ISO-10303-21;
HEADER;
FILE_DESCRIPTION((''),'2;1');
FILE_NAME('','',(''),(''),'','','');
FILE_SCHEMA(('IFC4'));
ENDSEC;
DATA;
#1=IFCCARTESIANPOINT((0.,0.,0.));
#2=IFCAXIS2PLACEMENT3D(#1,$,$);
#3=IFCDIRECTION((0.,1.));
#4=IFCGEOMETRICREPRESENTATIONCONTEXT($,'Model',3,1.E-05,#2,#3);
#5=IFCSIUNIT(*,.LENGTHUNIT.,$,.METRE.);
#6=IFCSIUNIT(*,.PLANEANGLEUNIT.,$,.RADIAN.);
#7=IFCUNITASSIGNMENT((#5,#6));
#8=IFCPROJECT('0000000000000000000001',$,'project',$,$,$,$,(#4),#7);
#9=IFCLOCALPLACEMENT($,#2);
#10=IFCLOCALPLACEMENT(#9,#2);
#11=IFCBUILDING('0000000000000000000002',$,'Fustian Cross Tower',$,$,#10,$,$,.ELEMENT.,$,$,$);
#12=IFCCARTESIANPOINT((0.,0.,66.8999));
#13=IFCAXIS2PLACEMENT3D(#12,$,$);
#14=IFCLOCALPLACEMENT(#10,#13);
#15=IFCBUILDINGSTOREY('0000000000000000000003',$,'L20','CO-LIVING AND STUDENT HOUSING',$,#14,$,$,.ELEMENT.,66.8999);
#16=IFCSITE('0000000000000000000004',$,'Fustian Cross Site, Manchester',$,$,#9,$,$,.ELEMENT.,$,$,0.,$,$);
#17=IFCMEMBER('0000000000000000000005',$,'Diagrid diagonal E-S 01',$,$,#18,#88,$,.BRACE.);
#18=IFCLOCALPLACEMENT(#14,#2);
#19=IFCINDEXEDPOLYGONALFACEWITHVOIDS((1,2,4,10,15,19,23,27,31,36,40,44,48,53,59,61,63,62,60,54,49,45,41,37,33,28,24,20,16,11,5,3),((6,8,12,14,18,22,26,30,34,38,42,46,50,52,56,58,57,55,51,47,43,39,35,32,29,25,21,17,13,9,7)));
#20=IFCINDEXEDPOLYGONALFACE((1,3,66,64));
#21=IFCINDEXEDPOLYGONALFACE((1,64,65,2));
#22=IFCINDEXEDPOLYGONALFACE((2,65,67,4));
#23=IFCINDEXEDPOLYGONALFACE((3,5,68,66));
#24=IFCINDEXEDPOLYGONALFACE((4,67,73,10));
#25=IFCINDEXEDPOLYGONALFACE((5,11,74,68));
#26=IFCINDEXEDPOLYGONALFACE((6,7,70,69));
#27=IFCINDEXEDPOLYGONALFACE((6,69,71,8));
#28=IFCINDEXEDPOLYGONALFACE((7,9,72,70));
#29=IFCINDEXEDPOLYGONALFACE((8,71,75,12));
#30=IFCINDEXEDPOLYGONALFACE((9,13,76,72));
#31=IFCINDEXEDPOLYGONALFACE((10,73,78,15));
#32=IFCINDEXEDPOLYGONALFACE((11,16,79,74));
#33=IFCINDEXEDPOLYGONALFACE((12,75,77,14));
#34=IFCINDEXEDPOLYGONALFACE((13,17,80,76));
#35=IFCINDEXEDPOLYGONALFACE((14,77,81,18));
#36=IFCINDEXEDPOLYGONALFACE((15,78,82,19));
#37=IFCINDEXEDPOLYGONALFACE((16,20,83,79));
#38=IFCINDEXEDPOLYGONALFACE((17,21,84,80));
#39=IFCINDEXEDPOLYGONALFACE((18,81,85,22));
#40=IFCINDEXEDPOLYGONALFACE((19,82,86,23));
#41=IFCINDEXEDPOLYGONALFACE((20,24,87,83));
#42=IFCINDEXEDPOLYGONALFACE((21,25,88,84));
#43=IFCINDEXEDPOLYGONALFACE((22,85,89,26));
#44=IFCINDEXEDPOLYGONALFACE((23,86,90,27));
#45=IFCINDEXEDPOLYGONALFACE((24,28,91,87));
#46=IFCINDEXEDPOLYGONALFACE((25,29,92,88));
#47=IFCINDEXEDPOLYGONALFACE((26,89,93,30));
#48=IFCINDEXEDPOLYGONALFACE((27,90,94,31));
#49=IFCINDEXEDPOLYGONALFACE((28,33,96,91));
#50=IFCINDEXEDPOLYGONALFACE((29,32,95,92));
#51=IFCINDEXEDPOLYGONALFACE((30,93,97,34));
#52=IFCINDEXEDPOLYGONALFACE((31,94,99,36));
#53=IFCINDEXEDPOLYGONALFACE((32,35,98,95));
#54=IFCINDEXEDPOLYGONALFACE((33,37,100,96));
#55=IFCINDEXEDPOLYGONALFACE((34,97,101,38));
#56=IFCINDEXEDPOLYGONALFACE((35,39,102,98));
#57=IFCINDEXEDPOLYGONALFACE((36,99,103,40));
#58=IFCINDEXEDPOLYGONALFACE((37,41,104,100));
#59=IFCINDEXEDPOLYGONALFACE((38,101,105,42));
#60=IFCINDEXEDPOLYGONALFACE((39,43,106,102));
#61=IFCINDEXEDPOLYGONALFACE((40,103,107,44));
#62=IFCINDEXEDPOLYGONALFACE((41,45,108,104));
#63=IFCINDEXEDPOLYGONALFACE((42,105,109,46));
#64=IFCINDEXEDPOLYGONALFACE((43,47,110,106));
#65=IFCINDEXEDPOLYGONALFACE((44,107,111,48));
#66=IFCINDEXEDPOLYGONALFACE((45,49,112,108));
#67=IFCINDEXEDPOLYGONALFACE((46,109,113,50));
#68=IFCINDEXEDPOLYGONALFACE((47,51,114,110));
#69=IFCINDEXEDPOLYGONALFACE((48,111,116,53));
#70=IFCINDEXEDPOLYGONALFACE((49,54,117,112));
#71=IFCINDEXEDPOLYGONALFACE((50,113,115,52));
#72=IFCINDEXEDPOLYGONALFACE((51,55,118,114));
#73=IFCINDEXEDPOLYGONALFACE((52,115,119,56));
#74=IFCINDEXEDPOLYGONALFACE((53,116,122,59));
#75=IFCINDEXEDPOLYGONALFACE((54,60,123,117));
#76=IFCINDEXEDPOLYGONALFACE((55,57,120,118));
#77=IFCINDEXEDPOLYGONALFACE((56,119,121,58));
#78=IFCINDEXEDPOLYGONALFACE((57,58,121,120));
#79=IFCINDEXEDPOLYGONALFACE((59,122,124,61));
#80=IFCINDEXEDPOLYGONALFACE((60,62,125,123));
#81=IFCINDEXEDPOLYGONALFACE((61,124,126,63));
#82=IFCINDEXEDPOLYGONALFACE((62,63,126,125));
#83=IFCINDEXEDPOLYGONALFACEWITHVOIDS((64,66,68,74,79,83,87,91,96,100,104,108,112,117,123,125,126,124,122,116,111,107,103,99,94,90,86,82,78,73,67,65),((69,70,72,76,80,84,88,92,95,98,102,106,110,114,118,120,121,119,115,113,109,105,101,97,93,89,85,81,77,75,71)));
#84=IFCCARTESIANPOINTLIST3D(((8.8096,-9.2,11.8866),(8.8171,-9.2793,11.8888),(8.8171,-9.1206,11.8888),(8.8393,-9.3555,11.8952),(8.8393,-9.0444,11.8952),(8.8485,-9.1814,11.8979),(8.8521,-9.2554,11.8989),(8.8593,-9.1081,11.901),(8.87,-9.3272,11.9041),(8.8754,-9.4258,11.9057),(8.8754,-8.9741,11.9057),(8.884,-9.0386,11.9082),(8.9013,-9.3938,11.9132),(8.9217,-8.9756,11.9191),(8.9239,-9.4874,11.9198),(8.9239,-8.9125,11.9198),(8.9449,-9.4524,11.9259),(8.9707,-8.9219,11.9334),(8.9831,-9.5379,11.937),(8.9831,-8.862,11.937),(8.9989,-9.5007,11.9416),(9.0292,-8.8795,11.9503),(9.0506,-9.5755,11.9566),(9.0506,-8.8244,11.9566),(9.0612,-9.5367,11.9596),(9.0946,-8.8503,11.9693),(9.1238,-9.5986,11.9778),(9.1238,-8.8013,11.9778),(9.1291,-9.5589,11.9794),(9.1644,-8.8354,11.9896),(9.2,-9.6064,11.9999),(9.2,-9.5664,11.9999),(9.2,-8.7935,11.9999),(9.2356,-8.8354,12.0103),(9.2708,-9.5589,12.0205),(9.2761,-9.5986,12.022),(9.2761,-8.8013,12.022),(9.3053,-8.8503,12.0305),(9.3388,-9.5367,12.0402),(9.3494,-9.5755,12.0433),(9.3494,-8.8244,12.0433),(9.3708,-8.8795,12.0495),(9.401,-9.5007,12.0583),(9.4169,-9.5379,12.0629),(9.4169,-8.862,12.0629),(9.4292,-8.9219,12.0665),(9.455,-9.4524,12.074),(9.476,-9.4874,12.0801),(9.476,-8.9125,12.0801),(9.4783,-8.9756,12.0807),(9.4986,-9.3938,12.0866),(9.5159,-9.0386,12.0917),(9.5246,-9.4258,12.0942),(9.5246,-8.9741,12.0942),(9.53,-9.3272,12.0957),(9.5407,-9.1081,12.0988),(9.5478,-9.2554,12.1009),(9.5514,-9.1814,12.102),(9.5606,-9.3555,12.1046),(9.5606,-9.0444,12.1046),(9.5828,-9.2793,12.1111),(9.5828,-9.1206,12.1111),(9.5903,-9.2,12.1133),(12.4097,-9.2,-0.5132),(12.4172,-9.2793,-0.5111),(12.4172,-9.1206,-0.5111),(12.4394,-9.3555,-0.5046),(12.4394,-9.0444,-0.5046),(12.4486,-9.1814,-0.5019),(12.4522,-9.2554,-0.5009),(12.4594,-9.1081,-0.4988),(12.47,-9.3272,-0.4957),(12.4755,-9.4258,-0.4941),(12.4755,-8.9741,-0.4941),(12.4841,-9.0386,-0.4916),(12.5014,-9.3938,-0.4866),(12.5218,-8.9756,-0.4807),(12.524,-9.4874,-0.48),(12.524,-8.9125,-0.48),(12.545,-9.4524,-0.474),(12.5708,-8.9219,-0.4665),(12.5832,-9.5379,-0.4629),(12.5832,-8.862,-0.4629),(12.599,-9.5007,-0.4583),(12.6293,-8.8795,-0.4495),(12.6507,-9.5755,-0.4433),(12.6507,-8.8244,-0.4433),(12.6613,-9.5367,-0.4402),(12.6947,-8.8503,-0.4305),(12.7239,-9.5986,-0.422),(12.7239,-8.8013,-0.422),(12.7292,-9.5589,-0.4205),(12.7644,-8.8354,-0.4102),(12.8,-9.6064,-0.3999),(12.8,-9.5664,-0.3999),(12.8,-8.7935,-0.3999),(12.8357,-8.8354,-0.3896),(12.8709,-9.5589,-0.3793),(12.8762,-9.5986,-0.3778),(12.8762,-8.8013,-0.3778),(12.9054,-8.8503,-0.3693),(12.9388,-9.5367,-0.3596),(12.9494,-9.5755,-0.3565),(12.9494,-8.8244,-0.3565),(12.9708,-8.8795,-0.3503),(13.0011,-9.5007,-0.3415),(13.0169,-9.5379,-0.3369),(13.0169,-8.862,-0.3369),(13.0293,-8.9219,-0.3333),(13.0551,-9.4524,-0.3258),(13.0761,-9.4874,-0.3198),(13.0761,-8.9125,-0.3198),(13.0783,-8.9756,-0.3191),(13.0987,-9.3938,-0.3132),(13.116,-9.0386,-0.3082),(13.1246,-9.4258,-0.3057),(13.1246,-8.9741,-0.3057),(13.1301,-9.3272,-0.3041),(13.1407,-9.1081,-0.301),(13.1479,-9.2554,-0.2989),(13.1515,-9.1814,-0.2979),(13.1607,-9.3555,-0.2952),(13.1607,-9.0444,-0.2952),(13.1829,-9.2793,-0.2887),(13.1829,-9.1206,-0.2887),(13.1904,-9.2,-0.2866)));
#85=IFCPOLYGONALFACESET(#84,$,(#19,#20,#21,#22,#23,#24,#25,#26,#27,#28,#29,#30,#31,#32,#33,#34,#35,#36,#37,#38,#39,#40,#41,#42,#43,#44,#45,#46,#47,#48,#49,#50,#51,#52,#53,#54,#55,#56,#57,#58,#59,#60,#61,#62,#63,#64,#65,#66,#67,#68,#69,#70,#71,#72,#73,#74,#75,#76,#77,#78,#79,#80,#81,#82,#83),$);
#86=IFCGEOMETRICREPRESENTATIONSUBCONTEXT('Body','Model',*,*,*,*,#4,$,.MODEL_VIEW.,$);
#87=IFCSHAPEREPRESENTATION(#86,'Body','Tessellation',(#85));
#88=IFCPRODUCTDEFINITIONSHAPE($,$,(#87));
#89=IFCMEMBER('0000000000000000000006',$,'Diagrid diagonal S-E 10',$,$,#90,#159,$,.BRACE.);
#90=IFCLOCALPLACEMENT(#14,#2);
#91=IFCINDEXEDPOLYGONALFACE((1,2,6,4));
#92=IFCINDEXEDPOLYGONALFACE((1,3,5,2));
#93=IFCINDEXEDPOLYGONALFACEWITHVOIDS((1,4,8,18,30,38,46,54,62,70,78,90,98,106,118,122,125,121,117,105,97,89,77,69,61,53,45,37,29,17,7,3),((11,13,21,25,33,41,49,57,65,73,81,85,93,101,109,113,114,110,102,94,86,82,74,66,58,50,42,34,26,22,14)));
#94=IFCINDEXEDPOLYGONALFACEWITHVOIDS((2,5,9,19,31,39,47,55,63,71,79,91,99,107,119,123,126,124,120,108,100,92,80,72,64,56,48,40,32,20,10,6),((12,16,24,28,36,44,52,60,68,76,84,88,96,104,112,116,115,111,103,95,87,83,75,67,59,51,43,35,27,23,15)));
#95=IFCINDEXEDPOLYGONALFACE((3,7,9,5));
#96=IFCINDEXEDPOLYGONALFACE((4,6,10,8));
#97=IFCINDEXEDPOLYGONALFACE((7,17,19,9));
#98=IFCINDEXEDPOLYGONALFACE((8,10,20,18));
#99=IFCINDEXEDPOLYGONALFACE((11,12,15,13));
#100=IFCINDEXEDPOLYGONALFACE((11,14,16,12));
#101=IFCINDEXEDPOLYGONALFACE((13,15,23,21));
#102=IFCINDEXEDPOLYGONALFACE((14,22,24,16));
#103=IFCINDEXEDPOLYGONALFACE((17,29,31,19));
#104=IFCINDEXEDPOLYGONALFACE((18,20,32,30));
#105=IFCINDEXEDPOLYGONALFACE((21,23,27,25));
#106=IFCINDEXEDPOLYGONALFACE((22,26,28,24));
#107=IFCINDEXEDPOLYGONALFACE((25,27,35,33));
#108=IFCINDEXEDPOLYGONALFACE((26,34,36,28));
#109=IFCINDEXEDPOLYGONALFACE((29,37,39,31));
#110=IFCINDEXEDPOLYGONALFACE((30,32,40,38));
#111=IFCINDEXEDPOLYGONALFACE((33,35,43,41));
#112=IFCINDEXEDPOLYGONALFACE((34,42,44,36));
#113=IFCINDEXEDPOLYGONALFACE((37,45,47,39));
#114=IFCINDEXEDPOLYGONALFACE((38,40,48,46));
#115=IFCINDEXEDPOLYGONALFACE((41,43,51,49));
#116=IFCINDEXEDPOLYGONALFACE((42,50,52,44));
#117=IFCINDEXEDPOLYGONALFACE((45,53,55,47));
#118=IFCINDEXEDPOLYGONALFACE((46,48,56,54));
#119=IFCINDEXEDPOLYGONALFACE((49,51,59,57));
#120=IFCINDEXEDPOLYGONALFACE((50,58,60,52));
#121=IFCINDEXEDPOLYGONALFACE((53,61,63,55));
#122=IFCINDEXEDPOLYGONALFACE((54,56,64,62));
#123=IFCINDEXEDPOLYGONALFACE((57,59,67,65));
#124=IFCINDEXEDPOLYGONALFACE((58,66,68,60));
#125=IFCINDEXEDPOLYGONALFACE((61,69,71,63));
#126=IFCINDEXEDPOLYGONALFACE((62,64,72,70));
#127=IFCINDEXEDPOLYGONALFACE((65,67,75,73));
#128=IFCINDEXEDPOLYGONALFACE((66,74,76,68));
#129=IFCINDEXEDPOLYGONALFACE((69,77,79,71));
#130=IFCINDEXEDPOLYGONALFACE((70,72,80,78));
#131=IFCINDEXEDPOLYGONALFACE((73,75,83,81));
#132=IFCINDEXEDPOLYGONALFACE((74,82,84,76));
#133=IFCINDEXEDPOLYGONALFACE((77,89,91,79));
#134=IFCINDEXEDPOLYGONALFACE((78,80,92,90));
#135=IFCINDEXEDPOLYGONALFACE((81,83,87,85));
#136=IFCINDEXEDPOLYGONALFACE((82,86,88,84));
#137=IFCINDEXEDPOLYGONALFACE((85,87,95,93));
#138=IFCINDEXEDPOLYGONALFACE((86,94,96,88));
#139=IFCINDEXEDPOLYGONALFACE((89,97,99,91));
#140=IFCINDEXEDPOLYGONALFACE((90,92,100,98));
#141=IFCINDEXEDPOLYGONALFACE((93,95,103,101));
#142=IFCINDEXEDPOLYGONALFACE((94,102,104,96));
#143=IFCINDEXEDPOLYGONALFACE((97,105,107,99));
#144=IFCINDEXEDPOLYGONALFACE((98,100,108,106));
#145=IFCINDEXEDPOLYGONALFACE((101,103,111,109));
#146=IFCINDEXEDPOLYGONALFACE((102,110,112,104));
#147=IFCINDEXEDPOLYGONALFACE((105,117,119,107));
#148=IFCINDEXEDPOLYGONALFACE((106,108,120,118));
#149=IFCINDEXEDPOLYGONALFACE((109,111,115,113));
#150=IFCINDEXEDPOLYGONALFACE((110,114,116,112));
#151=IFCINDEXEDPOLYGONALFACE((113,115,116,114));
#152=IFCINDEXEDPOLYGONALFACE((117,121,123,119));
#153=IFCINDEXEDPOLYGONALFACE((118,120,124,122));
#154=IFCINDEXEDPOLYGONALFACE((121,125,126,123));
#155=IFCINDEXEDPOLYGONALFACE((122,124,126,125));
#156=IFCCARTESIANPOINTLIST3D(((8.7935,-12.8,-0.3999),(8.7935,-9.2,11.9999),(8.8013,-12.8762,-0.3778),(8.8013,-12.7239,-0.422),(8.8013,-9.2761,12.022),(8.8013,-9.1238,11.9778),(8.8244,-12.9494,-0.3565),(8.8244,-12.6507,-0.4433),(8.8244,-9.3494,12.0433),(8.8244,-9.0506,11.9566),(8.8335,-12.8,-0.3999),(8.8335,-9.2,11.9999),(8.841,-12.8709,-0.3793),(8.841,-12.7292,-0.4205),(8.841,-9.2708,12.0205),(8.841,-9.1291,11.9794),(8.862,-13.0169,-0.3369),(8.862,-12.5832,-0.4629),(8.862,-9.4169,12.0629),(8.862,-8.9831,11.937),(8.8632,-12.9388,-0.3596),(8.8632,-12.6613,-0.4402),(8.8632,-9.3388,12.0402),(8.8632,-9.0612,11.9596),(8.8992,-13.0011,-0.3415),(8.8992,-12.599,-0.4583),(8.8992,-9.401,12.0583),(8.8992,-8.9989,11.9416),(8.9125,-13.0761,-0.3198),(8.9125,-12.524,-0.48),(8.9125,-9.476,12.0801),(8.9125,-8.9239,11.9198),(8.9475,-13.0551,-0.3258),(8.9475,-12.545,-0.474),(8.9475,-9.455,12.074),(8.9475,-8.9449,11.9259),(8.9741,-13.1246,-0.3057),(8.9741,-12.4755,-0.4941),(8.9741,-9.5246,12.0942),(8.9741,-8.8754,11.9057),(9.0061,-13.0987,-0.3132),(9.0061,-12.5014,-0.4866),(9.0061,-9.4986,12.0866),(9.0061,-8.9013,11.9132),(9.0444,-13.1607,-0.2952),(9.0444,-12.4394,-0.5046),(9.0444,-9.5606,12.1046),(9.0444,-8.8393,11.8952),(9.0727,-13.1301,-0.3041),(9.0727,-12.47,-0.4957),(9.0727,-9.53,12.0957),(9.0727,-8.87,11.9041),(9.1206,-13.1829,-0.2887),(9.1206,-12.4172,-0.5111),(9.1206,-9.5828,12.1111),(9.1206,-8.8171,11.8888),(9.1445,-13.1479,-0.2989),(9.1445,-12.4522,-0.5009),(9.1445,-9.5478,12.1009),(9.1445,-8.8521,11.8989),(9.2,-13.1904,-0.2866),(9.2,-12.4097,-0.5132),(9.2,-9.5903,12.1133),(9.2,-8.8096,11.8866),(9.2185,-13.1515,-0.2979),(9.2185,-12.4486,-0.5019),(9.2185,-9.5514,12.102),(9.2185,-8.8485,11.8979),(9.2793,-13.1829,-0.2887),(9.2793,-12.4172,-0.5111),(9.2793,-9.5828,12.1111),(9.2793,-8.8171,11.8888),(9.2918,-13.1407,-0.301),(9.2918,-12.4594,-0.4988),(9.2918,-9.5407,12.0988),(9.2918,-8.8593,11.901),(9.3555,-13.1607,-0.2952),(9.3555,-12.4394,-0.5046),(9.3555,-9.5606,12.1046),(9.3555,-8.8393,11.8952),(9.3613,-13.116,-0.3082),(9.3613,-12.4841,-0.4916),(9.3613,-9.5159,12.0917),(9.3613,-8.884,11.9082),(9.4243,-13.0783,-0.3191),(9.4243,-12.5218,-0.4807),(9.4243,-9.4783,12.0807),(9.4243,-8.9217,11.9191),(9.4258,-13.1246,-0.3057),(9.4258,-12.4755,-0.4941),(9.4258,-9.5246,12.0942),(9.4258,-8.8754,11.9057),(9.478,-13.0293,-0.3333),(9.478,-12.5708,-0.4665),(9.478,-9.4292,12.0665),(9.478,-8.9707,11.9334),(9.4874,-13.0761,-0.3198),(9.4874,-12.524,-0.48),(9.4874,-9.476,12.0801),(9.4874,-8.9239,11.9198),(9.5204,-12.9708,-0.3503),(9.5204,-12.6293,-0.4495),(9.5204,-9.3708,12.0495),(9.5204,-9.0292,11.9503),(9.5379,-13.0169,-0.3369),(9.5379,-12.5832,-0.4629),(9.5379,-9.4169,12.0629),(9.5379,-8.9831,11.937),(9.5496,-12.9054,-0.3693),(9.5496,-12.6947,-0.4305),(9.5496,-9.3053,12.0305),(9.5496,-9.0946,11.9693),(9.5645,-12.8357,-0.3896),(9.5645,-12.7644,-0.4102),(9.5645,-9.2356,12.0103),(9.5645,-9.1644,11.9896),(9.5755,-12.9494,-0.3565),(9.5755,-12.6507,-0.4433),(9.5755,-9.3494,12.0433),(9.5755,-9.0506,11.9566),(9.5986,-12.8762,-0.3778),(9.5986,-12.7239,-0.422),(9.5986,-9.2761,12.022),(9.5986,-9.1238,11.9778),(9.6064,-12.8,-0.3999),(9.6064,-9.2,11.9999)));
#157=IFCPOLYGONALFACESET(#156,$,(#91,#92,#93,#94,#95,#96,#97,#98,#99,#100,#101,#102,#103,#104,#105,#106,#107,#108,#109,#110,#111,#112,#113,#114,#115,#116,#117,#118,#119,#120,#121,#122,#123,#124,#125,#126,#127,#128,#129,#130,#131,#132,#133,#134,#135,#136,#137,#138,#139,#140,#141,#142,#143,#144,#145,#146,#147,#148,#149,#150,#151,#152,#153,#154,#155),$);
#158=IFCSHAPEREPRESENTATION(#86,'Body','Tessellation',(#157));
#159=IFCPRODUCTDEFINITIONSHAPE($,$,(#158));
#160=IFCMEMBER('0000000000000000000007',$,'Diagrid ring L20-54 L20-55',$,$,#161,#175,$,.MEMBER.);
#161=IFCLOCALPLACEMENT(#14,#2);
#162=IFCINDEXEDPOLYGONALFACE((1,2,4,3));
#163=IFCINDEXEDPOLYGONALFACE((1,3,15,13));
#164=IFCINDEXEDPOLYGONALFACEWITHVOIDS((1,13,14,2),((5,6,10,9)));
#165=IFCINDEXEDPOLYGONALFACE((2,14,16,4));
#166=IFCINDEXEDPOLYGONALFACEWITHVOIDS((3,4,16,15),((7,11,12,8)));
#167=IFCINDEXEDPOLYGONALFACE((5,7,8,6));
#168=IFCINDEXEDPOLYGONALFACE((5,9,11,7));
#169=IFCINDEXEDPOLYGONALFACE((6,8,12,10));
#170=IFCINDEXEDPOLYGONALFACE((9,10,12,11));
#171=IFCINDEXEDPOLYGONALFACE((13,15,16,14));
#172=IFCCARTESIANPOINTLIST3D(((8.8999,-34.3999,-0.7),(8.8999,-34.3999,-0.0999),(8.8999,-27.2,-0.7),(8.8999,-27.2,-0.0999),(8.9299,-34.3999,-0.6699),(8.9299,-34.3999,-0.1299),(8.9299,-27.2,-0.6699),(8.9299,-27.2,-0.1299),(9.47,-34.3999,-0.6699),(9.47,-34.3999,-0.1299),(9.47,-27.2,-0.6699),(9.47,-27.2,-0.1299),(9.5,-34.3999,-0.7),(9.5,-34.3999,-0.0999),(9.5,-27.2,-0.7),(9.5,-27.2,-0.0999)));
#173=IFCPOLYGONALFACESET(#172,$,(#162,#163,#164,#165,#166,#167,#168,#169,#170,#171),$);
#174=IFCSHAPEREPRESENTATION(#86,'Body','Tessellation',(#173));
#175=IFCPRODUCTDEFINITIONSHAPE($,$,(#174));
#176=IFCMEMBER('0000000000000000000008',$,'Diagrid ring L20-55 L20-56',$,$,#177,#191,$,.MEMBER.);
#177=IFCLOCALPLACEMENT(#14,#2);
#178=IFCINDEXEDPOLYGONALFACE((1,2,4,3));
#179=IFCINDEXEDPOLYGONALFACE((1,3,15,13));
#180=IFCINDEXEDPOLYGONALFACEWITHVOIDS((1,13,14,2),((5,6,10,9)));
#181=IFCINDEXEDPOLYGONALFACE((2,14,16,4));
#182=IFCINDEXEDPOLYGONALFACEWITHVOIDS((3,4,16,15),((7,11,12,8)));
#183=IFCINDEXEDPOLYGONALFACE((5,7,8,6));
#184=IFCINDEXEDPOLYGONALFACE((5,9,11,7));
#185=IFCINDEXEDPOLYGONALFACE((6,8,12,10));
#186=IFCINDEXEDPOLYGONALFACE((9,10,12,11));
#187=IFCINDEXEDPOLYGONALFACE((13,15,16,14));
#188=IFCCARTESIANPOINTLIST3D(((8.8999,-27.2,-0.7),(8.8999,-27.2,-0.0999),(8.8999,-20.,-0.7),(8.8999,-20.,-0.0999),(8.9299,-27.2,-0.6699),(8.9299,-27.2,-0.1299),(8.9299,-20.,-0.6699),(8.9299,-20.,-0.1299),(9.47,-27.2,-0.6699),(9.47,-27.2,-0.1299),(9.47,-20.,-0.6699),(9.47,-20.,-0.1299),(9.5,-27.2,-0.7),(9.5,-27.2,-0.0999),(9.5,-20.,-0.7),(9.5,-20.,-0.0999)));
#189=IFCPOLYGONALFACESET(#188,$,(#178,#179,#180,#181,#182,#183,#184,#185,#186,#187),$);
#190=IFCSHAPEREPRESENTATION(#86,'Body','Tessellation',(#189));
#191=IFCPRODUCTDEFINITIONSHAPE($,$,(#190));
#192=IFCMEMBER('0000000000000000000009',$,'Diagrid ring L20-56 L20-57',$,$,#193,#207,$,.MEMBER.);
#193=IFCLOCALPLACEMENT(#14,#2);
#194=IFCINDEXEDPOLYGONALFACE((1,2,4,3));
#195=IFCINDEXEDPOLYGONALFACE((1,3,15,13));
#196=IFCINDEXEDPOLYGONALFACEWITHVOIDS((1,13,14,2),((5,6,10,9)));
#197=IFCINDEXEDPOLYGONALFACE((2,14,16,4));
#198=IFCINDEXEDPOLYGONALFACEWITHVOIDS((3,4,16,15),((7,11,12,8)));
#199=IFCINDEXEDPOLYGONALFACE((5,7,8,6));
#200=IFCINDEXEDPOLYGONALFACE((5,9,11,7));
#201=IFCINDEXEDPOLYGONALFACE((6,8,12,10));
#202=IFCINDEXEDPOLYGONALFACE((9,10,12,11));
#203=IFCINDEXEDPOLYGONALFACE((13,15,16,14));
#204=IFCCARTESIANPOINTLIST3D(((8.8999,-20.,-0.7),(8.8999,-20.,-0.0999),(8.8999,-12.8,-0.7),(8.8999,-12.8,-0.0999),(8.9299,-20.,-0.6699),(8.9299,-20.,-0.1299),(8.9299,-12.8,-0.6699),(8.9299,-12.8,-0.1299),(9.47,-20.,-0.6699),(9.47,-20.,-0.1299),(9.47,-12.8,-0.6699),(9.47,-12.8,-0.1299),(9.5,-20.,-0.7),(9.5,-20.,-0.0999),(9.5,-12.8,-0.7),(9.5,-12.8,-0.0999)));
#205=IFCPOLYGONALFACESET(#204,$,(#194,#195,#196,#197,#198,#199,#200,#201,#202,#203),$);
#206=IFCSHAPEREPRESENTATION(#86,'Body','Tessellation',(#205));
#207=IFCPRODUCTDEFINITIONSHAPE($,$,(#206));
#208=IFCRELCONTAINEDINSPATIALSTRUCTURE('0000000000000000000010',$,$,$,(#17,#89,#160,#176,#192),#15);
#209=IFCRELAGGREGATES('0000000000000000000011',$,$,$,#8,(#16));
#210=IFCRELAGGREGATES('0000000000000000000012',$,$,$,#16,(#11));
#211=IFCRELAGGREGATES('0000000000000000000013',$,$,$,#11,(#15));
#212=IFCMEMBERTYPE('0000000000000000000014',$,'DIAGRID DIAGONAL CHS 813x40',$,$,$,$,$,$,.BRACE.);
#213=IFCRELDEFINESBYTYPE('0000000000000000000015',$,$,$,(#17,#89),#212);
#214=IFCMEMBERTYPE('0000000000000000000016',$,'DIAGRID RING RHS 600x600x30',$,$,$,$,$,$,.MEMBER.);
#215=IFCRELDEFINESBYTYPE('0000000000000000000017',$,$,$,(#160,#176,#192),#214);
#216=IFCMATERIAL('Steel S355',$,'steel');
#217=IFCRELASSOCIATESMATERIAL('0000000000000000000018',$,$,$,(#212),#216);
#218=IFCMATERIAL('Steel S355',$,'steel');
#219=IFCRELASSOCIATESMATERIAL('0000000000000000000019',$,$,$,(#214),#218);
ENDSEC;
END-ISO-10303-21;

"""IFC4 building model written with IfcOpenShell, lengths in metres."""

from ifc_helpers import new_model, si_unit, direction, frame, origin, origin_2d, place, context, subcontext, project, spatial, hollow_rectangle, hollow_circle, extrude, material, material_profile, profile_set, type_object, element, save


model = new_model("IFC4")

# Units and contexts
model_context = context("Model", 3, precision=1e-05, world=origin(), true_north=direction((0.0, 1.0)))
body_context = subcontext(model_context, "Body", "Model", "MODEL_VIEW")
ifc_project = project(units=[si_unit("LENGTHUNIT", "METRE"), si_unit("PLANEANGLEUNIT", "RADIAN")], contexts=[model_context])

# Site, building, storey
site_placement = place(None, origin())
site = spatial("IfcSite", under=ifc_project, at=site_placement, Name="Fustian Cross Site, Manchester", CompositionType="ELEMENT", RefElevation=0.0)
building_placement = place(site_placement, origin())
building = spatial("IfcBuilding", under=site, at=building_placement, Name="Fustian Cross Tower", CompositionType="ELEMENT")
storey_placement = place(building_placement, frame((0.0, 0.0, 66.8999)))
storey = spatial("IfcBuildingStorey", under=building, at=storey_placement, Name="L20", Description="CO-LIVING AND STUDENT HOUSING", CompositionType="ELEMENT", Elevation=66.8999)

# Members
ifc_material_1 = material(Name="Steel S355", Category="steel")
ifc_material_profile_1 = material_profile(ifc_material_1, hollow_circle(Radius=0.4065, WallThickness=0.04, at=origin_2d()), Name="CHS 813x40")
ifc_profile_set_1 = profile_set([ifc_material_profile_1], Name="Steel S355")
member_type_1 = type_object("IfcMemberType", Name="DIAGRID DIAGONAL CHS 813x40", PredefinedType="BRACE", material=ifc_profile_set_1)
for number, where, z_axis, x_axis, name in (
    (1, (12.8, -9.2, -0.3999), (-0.278819, 0.0, 0.960344), (0.0, -1.0, 0.0), "Diagrid diagonal E-S 01"),
    (2, (9.2, -12.8, -0.3999), (0.0, 0.278819, 0.960344), (-1.0, 0.0, 0.0), "Diagrid diagonal S-E 10"),
):
    element("IfcMember", number, at=place(storey_placement, frame(where, z_axis=z_axis, x_axis=x_axis)), inside=storey, type_object=member_type_1, Name=name, PredefinedType="BRACE", context=body_context, shape_type="SweptSolid", body=[
        extrude(hollow_circle(Radius=0.4065, WallThickness=0.04, at=origin_2d()), origin(), (0.0, 0.0, 1.0), 12.9119),
    ])
ifc_material_2 = material(Name="Steel S355", Category="steel")
ifc_material_profile_2 = material_profile(ifc_material_2, hollow_rectangle(XDim=0.6001, YDim=0.6001, WallThickness=0.03, at=origin_2d()), Name="RHS 600x600x30")
ifc_profile_set_2 = profile_set([ifc_material_profile_2], Name="Steel S355")
member_type_2 = type_object("IfcMemberType", Name="DIAGRID RING RHS 600x600x30", PredefinedType="MEMBER", material=ifc_profile_set_2)
for number, where, z_axis, x_axis, name in (
    (3, (9.2, -34.3999, -0.3999), (0.0, 1.0, 0.0), (-1.0, 0.0, 0.0), "Diagrid ring L20-54 L20-55"),
    (4, (9.2, -27.2, -0.3999), (0.0, 1.0, 0.0), (-1.0, 0.0, 0.0), "Diagrid ring L20-55 L20-56"),
    (5, (9.2, -20.0, -0.3999), (0.0, 1.0, 0.0), (-1.0, 0.0, 0.0), "Diagrid ring L20-56 L20-57"),
):
    element("IfcMember", number, at=place(storey_placement, frame(where, z_axis=z_axis, x_axis=x_axis)), inside=storey, type_object=member_type_2, Name=name, PredefinedType="MEMBER", context=body_context, shape_type="SweptSolid", body=[
        extrude(hollow_rectangle(XDim=0.6001, YDim=0.6001, WallThickness=0.03, at=origin_2d()), origin(), (0.0, 0.0, 1.0), 7.2),
    ])

save(model, "model.ifc")
